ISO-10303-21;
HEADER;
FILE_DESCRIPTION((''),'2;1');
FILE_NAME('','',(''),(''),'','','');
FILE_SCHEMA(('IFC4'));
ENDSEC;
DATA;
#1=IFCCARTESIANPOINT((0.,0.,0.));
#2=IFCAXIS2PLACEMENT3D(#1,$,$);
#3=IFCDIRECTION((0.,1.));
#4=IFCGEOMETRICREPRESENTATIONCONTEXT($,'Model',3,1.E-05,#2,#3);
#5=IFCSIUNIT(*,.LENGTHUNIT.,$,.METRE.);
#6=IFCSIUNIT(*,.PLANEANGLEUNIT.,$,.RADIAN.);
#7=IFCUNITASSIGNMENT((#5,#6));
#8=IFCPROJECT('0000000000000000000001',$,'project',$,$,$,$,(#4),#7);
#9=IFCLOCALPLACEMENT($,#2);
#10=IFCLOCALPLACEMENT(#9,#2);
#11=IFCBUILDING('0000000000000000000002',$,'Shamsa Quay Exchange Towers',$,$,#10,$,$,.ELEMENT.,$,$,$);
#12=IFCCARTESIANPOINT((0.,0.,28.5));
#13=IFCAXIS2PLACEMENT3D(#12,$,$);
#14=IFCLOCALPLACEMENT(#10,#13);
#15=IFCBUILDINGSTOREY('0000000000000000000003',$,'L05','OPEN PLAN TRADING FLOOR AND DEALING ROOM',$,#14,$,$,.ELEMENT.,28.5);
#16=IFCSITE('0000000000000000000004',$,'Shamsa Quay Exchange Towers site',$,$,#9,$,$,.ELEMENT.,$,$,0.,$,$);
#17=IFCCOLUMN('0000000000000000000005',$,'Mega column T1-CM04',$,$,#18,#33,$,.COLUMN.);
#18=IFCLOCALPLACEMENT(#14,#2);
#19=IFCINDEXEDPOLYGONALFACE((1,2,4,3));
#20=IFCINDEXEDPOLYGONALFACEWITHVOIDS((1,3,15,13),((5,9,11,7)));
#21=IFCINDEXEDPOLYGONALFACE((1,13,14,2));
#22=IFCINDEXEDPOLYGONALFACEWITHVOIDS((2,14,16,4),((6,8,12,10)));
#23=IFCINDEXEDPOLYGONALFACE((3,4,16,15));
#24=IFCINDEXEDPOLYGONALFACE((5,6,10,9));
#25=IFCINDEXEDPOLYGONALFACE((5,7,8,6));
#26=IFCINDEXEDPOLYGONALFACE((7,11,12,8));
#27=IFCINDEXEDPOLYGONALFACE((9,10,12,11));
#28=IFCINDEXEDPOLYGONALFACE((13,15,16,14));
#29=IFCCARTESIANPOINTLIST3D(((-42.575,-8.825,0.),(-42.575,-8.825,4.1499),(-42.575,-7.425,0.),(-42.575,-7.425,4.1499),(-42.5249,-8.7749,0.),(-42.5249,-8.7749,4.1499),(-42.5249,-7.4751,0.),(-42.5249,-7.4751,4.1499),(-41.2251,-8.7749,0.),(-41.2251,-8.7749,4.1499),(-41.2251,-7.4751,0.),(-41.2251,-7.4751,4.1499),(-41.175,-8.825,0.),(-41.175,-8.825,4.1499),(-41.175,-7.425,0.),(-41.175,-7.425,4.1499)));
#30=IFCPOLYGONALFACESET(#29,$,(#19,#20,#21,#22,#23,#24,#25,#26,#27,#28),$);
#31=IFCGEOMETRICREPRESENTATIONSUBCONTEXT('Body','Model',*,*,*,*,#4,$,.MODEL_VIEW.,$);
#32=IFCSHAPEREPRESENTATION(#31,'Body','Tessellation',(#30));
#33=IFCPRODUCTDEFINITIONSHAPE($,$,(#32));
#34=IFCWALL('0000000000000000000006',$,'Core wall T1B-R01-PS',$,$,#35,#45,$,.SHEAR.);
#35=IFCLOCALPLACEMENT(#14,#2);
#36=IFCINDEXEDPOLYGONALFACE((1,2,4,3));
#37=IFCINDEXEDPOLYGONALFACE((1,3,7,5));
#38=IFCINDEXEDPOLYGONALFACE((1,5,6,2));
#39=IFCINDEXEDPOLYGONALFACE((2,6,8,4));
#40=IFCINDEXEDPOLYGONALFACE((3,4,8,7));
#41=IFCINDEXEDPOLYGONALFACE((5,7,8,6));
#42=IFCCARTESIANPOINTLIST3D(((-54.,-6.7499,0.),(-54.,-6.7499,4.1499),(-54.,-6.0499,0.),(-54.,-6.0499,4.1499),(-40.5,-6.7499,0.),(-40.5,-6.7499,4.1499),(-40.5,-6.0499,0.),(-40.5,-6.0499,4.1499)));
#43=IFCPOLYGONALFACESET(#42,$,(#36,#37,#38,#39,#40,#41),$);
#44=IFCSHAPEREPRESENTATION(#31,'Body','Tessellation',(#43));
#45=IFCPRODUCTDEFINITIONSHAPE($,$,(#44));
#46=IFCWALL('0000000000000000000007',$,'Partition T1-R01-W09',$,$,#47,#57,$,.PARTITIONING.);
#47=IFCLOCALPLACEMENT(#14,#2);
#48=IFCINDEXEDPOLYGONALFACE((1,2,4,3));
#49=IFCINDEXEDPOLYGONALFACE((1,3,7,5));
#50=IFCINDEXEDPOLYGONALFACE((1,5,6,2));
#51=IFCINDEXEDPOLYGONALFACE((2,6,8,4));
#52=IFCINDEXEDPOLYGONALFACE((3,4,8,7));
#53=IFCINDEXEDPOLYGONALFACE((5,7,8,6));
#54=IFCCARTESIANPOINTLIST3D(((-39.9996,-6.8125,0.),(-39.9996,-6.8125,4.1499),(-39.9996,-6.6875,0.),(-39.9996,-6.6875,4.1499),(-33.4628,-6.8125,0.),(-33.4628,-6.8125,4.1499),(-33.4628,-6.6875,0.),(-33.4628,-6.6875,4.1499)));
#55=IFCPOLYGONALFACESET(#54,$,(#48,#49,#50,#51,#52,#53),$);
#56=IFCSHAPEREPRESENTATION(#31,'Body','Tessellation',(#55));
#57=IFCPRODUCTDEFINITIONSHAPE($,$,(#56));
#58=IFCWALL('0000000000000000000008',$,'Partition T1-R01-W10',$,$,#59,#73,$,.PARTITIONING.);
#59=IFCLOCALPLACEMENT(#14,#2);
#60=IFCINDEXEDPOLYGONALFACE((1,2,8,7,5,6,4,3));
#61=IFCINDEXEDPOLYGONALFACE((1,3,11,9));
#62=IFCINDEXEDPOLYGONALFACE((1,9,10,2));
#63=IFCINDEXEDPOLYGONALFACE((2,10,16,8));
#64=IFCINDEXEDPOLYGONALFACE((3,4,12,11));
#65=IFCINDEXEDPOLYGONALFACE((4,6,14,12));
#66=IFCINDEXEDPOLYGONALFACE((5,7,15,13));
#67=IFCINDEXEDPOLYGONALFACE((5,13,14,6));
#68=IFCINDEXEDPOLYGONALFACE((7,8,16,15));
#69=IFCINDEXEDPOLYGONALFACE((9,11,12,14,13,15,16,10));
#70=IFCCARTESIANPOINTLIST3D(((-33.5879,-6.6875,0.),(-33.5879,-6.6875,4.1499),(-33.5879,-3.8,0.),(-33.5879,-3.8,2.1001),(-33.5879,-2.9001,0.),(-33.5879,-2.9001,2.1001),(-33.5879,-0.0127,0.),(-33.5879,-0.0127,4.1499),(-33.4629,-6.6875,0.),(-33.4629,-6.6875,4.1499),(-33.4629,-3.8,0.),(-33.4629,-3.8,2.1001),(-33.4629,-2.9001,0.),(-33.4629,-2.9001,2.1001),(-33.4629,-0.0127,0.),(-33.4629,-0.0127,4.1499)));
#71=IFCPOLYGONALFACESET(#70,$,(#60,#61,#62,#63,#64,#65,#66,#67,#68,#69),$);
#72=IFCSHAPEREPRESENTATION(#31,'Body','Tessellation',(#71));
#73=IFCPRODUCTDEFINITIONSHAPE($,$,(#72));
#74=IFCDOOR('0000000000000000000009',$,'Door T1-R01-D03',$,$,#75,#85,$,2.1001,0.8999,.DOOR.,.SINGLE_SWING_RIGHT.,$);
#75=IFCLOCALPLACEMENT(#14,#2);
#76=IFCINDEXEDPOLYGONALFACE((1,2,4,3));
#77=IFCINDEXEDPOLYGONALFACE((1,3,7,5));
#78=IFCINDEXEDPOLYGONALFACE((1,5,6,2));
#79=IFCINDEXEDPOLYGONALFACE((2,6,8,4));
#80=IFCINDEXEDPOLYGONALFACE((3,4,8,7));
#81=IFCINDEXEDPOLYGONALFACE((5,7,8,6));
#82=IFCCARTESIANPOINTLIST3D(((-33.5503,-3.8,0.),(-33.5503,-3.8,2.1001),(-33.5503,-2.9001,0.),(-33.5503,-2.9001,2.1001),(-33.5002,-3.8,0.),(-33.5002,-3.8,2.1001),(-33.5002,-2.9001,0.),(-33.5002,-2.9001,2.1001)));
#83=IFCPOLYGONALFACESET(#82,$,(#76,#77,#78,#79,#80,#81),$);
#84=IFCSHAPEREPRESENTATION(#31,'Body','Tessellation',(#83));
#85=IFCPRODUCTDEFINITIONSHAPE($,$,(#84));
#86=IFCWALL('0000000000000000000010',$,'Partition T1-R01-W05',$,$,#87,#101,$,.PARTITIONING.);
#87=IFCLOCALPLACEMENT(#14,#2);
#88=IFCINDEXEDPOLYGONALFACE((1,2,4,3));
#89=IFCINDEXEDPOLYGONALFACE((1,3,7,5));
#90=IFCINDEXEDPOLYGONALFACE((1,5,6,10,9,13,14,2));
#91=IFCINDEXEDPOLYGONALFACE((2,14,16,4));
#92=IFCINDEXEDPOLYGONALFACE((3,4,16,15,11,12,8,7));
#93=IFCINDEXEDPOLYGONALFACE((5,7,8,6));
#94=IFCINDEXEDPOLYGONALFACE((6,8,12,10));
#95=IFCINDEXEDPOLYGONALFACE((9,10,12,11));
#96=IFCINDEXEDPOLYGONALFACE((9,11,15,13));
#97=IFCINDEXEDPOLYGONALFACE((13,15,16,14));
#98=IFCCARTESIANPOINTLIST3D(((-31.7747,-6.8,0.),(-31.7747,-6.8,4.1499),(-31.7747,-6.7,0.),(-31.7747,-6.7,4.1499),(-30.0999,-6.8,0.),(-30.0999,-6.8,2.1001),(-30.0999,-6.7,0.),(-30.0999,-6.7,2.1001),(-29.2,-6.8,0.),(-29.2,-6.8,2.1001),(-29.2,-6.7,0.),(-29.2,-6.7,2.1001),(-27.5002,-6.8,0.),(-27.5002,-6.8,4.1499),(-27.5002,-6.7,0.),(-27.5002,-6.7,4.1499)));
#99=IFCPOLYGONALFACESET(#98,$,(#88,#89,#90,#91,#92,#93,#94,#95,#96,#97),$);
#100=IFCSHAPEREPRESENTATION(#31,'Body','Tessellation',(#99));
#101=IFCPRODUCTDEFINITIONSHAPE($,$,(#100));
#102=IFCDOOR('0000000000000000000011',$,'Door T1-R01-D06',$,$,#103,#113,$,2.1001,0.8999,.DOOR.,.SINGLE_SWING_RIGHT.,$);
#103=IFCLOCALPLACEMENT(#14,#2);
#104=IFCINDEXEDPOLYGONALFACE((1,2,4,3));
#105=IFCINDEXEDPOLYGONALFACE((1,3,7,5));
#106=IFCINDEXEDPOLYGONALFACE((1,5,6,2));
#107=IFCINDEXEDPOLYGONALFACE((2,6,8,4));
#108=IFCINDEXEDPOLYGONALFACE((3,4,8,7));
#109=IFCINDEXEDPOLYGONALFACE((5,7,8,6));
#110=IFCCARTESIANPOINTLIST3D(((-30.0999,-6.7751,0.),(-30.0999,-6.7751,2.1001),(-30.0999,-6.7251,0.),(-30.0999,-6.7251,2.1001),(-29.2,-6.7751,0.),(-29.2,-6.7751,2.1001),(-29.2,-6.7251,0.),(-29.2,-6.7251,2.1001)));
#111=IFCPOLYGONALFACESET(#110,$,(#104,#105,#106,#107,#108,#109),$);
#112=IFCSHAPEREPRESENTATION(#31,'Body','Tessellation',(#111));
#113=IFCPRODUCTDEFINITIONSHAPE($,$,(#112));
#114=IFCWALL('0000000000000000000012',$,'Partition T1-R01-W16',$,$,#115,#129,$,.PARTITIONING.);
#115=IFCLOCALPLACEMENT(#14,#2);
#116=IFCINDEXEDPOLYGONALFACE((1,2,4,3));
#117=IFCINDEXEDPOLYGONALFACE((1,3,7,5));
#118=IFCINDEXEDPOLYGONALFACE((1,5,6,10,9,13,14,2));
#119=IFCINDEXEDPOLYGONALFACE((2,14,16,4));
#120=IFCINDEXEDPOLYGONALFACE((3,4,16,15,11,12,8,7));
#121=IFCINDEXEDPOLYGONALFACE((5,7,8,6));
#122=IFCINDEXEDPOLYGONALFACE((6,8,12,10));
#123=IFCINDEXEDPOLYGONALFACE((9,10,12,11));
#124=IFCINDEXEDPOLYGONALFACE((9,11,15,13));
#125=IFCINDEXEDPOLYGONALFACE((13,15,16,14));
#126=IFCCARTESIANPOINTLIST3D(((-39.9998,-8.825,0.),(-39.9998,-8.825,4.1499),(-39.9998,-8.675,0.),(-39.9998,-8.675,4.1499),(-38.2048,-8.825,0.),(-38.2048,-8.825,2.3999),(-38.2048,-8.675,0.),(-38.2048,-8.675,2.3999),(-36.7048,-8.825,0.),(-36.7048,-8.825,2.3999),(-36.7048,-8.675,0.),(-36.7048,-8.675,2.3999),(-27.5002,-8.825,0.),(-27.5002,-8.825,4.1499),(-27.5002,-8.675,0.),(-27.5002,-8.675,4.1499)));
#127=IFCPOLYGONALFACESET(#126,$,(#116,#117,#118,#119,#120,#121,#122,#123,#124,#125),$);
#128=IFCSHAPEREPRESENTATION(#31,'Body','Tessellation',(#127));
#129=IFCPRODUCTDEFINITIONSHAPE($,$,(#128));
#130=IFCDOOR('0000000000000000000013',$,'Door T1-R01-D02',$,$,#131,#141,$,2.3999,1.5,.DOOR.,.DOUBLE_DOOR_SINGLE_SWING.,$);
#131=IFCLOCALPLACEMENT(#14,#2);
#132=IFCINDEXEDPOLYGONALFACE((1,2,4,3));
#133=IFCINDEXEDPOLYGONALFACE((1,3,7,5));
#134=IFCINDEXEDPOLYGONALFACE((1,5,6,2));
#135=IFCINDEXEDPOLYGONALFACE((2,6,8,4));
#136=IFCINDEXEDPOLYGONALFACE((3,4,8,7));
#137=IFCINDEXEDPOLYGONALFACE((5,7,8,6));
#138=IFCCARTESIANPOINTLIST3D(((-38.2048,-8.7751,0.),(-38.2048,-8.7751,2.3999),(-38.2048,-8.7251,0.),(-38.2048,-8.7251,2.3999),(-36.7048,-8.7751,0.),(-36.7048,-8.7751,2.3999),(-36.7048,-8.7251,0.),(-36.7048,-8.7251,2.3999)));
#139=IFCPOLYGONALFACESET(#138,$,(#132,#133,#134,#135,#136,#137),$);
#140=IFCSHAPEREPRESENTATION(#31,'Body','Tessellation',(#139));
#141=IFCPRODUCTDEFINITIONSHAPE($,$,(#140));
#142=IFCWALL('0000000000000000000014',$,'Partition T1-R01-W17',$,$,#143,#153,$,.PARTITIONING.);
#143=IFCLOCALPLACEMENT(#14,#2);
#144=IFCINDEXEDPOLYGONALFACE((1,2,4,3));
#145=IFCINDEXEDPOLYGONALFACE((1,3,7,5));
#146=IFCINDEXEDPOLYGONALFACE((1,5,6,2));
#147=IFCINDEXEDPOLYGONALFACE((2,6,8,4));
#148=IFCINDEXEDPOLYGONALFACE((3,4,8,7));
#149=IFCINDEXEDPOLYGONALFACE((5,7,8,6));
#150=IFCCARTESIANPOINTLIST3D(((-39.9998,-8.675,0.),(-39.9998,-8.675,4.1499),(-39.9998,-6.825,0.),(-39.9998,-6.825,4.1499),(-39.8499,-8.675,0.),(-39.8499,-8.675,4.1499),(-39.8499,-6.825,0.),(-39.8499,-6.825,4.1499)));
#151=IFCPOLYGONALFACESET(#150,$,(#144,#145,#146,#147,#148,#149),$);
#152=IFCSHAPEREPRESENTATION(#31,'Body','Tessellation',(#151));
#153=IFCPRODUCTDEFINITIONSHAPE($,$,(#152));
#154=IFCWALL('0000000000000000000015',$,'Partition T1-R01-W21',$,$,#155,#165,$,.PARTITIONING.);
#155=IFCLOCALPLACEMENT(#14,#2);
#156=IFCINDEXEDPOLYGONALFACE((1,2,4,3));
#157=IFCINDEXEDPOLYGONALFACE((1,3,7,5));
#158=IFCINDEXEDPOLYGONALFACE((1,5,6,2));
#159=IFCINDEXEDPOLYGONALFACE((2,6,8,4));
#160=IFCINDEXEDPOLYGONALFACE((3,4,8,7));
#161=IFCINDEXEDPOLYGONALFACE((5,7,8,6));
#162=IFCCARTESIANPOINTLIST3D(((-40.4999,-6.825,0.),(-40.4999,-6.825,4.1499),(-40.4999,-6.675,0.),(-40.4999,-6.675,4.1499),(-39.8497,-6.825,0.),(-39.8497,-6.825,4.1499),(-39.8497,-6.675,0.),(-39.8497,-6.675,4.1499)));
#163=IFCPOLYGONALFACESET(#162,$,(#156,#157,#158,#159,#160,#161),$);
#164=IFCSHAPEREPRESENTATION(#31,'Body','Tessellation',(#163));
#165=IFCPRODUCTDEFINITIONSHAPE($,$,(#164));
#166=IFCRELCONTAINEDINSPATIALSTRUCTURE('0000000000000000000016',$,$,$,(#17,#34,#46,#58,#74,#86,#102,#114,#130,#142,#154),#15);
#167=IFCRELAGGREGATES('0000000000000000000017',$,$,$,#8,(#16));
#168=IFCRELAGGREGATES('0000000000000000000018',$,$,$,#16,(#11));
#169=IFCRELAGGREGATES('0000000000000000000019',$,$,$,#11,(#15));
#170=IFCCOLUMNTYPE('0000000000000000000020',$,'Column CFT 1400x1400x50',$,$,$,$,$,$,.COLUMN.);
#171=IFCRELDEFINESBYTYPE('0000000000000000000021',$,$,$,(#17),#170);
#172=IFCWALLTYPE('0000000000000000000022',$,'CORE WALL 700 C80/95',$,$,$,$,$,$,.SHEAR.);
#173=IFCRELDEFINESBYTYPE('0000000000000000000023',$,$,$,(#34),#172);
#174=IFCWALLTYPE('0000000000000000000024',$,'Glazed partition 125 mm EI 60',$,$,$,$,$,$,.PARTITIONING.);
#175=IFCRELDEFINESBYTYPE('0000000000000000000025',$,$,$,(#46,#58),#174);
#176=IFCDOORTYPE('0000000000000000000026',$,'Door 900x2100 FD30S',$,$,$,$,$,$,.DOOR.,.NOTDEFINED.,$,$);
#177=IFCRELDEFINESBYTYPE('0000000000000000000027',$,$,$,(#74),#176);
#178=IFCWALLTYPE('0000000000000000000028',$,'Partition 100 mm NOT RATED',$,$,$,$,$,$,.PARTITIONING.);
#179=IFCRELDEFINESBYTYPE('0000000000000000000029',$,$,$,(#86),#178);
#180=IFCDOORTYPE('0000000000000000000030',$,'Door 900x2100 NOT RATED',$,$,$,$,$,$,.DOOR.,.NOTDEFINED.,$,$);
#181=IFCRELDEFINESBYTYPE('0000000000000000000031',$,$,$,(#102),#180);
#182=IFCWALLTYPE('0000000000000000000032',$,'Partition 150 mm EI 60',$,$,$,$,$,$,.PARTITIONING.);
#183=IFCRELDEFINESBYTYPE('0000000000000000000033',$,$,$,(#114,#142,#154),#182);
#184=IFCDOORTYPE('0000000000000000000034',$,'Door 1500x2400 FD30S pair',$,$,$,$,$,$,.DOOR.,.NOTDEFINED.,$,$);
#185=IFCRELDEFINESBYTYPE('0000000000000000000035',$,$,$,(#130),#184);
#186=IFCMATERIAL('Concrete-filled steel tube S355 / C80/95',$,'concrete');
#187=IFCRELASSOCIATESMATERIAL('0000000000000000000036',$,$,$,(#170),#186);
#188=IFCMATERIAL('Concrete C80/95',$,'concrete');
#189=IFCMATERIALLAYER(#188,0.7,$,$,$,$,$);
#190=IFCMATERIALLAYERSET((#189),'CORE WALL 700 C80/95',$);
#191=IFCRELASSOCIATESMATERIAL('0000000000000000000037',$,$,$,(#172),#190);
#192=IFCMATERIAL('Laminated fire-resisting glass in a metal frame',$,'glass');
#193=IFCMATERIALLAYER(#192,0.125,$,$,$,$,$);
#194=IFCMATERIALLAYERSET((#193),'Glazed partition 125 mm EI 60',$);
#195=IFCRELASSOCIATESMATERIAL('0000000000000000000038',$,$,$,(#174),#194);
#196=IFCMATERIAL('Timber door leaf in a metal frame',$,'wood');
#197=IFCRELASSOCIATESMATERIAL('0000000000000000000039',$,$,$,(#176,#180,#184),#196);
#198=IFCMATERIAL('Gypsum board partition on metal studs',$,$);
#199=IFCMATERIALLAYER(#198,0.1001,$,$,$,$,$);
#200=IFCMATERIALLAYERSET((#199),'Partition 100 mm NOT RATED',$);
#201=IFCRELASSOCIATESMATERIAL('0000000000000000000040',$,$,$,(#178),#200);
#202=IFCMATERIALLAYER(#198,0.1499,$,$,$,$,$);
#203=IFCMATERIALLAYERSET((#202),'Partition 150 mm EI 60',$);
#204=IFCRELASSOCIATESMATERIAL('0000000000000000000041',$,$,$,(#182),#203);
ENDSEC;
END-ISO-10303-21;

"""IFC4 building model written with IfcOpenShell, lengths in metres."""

from ifc_helpers import new_model, si_unit, direction, frame, frame_2d, origin, origin_2d, place, context, subcontext, project, spatial, rectangle, hollow_rectangle, extrude, material, layer, layer_set, material_profile, profile_set, type_object, element, fill, save


model = new_model("IFC4")

# Units and contexts
model_context = context("Model", 3, precision=1e-05, world=origin(), true_north=direction((0.0, 1.0)))
body_context = subcontext(model_context, "Body", "Model", "MODEL_VIEW")
ifc_project = project(units=[si_unit("LENGTHUNIT", "METRE"), si_unit("PLANEANGLEUNIT", "RADIAN")], contexts=[model_context])

# Site, building, storey
site_placement = place(None, origin())
site = spatial("IfcSite", under=ifc_project, at=site_placement, Name="Shamsa Quay Exchange Towers site", CompositionType="ELEMENT", RefElevation=0.0)
building_placement = place(site_placement, origin())
building = spatial("IfcBuilding", under=site, at=building_placement, Name="Shamsa Quay Exchange Towers", CompositionType="ELEMENT")
storey_placement = place(building_placement, frame((0.0, 0.0, 28.5)))
storey = spatial("IfcBuildingStorey", under=building, at=storey_placement, Name="L05", Description="OPEN PLAN TRADING FLOOR AND DEALING ROOM", CompositionType="ELEMENT", Elevation=28.5)

# Column
ifc_material_1 = material(Name="Concrete-filled steel tube S355 / C80/95", Category="concrete")
ifc_material_profile = material_profile(ifc_material_1, hollow_rectangle(XDim=1.3999, YDim=1.3999, WallThickness=0.05, at=origin_2d()), Name="CFT 1400x1400x50")
ifc_profile_set = profile_set([ifc_material_profile], Name="Concrete-filled steel tube S355 / C80/95")
column_type = type_object("IfcColumnType", Name="Column CFT 1400x1400x50", PredefinedType="COLUMN", material=ifc_profile_set)
column_placement = place(storey_placement, frame((-41.875, -8.125, 0.0)))
element("IfcColumn", 1, at=column_placement, inside=storey, type_object=column_type, Name="Mega column T1-CM04", PredefinedType="COLUMN", context=body_context, shape_type="SweptSolid", body=[
    extrude(hollow_rectangle(XDim=1.3999, YDim=1.3999, WallThickness=0.05, at=origin_2d()), origin(), (0.0, 0.0, 1.0), 4.1499),
])

# Wall
ifc_material_2 = material(Name="Concrete C80/95", Category="concrete")
ifc_layer_1 = layer(ifc_material_2, 0.7)
ifc_layer_set_1 = layer_set([ifc_layer_1], Name="CORE WALL 700 C80/95")
wall_type_1 = type_object("IfcWallType", Name="CORE WALL 700 C80/95", PredefinedType="SHEAR", material=ifc_layer_set_1)
wall_1_placement = place(storey_placement, frame((-40.5, -6.3999, 0.0), z_axis=(0.0, 0.0, 1.0), x_axis=(-1.0, 0.0, 0.0)))
element("IfcWall", 2, at=wall_1_placement, inside=storey, type_object=wall_type_1, Name="Core wall T1B-R01-PS", PredefinedType="SHEAR", context=body_context, shape_type="SweptSolid", body=[
    extrude(rectangle(XDim=13.5, YDim=0.7, at=frame_2d((6.75, 0.0))), origin(), (0.0, 0.0, 1.0), 4.1499),
])

# Wall
ifc_material_3 = material(Name="Laminated fire-resisting glass in a metal frame", Category="glass")
ifc_layer_2 = layer(ifc_material_3, 0.125)
ifc_layer_set_2 = layer_set([ifc_layer_2], Name="Glazed partition 125 mm EI 60")
wall_type_2 = type_object("IfcWallType", Name="Glazed partition 125 mm EI 60", PredefinedType="PARTITIONING", material=ifc_layer_set_2)
wall_2_placement = place(storey_placement, frame((-39.9998, -6.75, 0.0)))
element("IfcWall", 3, at=wall_2_placement, inside=storey, type_object=wall_type_2, Name="Partition T1-R01-W09", PredefinedType="PARTITIONING", context=body_context, shape_type="SweptSolid", body=[
    extrude(rectangle(XDim=6.5369, YDim=0.125, at=frame_2d((3.2686, 0.0))), origin(), (0.0, 0.0, 1.0), 4.1499),
])

# Walls, openings, doors
wall_3_placement = place(storey_placement, frame((-33.5254, -6.6875, 0.0), z_axis=(0.0, 0.0, 1.0), x_axis=(0.0, 1.0, 0.0)))
wall_3 = element("IfcWall", 4, at=wall_3_placement, inside=storey, type_object=wall_type_2, Name="Partition T1-R01-W10", PredefinedType="PARTITIONING", context=body_context, shape_type="SweptSolid", body=[
    extrude(rectangle(XDim=6.6748, YDim=0.125, at=frame_2d((3.3374, 0.0))), origin(), (0.0, 0.0, 1.0), 4.1499),
])
opening_1_placement = place(wall_3_placement, frame((2.8875, 0.0, 0.0)))
opening_1 = element("IfcOpeningElement", 5, at=opening_1_placement, cuts=wall_3, PredefinedType="OPENING", context=body_context, shape_type="SweptSolid", body=[
    extrude(rectangle(XDim=0.8999, YDim=2.1001, at=frame_2d((0.45, 1.05))), frame((0.0, 0.0725, 0.0), z_axis=(0.0, -1.0, 0.0), x_axis=(1.0, 0.0, 0.0)), (0.0, 0.0, 1.0), 0.145),
])
ifc_material_4 = material(Name="Timber door leaf in a metal frame", Category="wood")
door_type_1 = type_object("IfcDoorType", Name="Door 900x2100 FD30S", OperationType="NOTDEFINED", PredefinedType="DOOR", material=ifc_material_4)
door_1_placement = place(opening_1_placement, origin())
door_1 = element("IfcDoor", 6, at=door_1_placement, inside=storey, type_object=door_type_1, Name="Door T1-R01-D03", OperationType="SINGLE_SWING_RIGHT", OverallHeight=2.1001, OverallWidth=0.8999, PredefinedType="DOOR", context=body_context, shape_type="SweptSolid", body=[
    extrude(rectangle(XDim=0.8999, YDim=2.1001, at=frame_2d((0.45, 1.05))), frame((0.0, 0.0249, 0.0), z_axis=(0.0, -1.0, 0.0), x_axis=(1.0, 0.0, 0.0)), (0.0, 0.0, 1.0), 0.05),
])
fill(opening_1, door_1)
ifc_material_5 = material(Name="Gypsum board partition on metal studs")
ifc_layer_3 = layer(ifc_material_5, 0.1001)
ifc_layer_set_3 = layer_set([ifc_layer_3], Name="Partition 100 mm NOT RATED")
wall_type_3 = type_object("IfcWallType", Name="Partition 100 mm NOT RATED", PredefinedType="PARTITIONING", material=ifc_layer_set_3)
wall_4_placement = place(storey_placement, frame((-31.7747, -6.75, 0.0)))
wall_4 = element("IfcWall", 7, at=wall_4_placement, inside=storey, type_object=wall_type_3, Name="Partition T1-R01-W05", PredefinedType="PARTITIONING", context=body_context, shape_type="SweptSolid", body=[
    extrude(rectangle(XDim=4.2744, YDim=0.1001, at=frame_2d((2.1372, 0.0))), origin(), (0.0, 0.0, 1.0), 4.1499),
])
opening_2_placement = place(wall_4_placement, frame((1.6748, 0.0, 0.0)))
opening_2 = element("IfcOpeningElement", 8, at=opening_2_placement, cuts=wall_4, PredefinedType="OPENING", context=body_context, shape_type="SweptSolid", body=[
    extrude(rectangle(XDim=0.8999, YDim=2.1001, at=frame_2d((0.45, 1.05))), frame((0.0, 0.0601, 0.0), z_axis=(0.0, -1.0, 0.0), x_axis=(1.0, 0.0, 0.0)), (0.0, 0.0, 1.0), 0.1201),
])
door_type_2 = type_object("IfcDoorType", Name="Door 900x2100 NOT RATED", OperationType="NOTDEFINED", PredefinedType="DOOR", material=ifc_material_4)
door_2_placement = place(opening_2_placement, origin())
door_2 = element("IfcDoor", 9, at=door_2_placement, inside=storey, type_object=door_type_2, Name="Door T1-R01-D06", OperationType="SINGLE_SWING_RIGHT", OverallHeight=2.1001, OverallWidth=0.8999, PredefinedType="DOOR", context=body_context, shape_type="SweptSolid", body=[
    extrude(rectangle(XDim=0.8999, YDim=2.1001, at=frame_2d((0.45, 1.05))), frame((0.0, 0.0249, 0.0), z_axis=(0.0, -1.0, 0.0), x_axis=(1.0, 0.0, 0.0)), (0.0, 0.0, 1.0), 0.05),
])
fill(opening_2, door_2)
ifc_layer_4 = layer(ifc_material_5, 0.1499)
ifc_layer_set_4 = layer_set([ifc_layer_4], Name="Partition 150 mm EI 60")
wall_type_4 = type_object("IfcWallType", Name="Partition 150 mm EI 60", PredefinedType="PARTITIONING", material=ifc_layer_set_4)
wall_5_placement = place(storey_placement, frame((-39.9998, -8.75, 0.0)))
wall_5 = element("IfcWall", 10, at=wall_5_placement, inside=storey, type_object=wall_type_4, Name="Partition T1-R01-W16", PredefinedType="PARTITIONING", context=body_context, shape_type="SweptSolid", body=[
    extrude(rectangle(XDim=12.4995, YDim=0.1499, at=frame_2d((6.2498, 0.0))), origin(), (0.0, 0.0, 1.0), 4.1499),
])
opening_3_placement = place(wall_5_placement, frame((1.7949, 0.0, 0.0)))
opening_3 = element("IfcOpeningElement", 11, at=opening_3_placement, cuts=wall_5, PredefinedType="OPENING", context=body_context, shape_type="SweptSolid", body=[
    extrude(rectangle(XDim=1.5, YDim=2.3999, at=frame_2d((0.75, 1.2))), frame((0.0, 0.085, 0.0), z_axis=(0.0, -1.0, 0.0), x_axis=(1.0, 0.0, 0.0)), (0.0, 0.0, 1.0), 0.1699),
])
door_type_3 = type_object("IfcDoorType", Name="Door 1500x2400 FD30S pair", OperationType="NOTDEFINED", PredefinedType="DOOR", material=ifc_material_4)
door_3_placement = place(opening_3_placement, origin())
door_3 = element("IfcDoor", 12, at=door_3_placement, inside=storey, type_object=door_type_3, Name="Door T1-R01-D02", OperationType="DOUBLE_DOOR_SINGLE_SWING", OverallHeight=2.3999, OverallWidth=1.5, PredefinedType="DOOR", context=body_context, shape_type="SweptSolid", body=[
    extrude(rectangle(XDim=1.5, YDim=2.3999, at=frame_2d((0.75, 1.2))), frame((0.0, 0.0249, 0.0), z_axis=(0.0, -1.0, 0.0), x_axis=(1.0, 0.0, 0.0)), (0.0, 0.0, 1.0), 0.05),
])
fill(opening_3, door_3)

# Walls
wall_6_placement = place(storey_placement, frame((-39.9248, -6.825, 0.0), z_axis=(0.0, 0.0, 1.0), x_axis=(0.0, -1.0, 0.0)))
element("IfcWall", 13, at=wall_6_placement, inside=storey, type_object=wall_type_4, Name="Partition T1-R01-W17", PredefinedType="PARTITIONING", context=body_context, shape_type="SweptSolid", body=[
    extrude(rectangle(XDim=1.8501, YDim=0.1499, at=frame_2d((0.925, 0.0))), origin(), (0.0, 0.0, 1.0), 4.1499),
])
wall_7_placement = place(storey_placement, frame((-40.5, -6.75, 0.0)))
element("IfcWall", 14, at=wall_7_placement, inside=storey, type_object=wall_type_4, Name="Partition T1-R01-W21", PredefinedType="PARTITIONING", context=body_context, shape_type="SweptSolid", body=[
    extrude(rectangle(XDim=0.6501, YDim=0.1499, at=frame_2d((0.3252, 0.0))), origin(), (0.0, 0.0, 1.0), 4.1499),
])

save(model, "model.ifc")
